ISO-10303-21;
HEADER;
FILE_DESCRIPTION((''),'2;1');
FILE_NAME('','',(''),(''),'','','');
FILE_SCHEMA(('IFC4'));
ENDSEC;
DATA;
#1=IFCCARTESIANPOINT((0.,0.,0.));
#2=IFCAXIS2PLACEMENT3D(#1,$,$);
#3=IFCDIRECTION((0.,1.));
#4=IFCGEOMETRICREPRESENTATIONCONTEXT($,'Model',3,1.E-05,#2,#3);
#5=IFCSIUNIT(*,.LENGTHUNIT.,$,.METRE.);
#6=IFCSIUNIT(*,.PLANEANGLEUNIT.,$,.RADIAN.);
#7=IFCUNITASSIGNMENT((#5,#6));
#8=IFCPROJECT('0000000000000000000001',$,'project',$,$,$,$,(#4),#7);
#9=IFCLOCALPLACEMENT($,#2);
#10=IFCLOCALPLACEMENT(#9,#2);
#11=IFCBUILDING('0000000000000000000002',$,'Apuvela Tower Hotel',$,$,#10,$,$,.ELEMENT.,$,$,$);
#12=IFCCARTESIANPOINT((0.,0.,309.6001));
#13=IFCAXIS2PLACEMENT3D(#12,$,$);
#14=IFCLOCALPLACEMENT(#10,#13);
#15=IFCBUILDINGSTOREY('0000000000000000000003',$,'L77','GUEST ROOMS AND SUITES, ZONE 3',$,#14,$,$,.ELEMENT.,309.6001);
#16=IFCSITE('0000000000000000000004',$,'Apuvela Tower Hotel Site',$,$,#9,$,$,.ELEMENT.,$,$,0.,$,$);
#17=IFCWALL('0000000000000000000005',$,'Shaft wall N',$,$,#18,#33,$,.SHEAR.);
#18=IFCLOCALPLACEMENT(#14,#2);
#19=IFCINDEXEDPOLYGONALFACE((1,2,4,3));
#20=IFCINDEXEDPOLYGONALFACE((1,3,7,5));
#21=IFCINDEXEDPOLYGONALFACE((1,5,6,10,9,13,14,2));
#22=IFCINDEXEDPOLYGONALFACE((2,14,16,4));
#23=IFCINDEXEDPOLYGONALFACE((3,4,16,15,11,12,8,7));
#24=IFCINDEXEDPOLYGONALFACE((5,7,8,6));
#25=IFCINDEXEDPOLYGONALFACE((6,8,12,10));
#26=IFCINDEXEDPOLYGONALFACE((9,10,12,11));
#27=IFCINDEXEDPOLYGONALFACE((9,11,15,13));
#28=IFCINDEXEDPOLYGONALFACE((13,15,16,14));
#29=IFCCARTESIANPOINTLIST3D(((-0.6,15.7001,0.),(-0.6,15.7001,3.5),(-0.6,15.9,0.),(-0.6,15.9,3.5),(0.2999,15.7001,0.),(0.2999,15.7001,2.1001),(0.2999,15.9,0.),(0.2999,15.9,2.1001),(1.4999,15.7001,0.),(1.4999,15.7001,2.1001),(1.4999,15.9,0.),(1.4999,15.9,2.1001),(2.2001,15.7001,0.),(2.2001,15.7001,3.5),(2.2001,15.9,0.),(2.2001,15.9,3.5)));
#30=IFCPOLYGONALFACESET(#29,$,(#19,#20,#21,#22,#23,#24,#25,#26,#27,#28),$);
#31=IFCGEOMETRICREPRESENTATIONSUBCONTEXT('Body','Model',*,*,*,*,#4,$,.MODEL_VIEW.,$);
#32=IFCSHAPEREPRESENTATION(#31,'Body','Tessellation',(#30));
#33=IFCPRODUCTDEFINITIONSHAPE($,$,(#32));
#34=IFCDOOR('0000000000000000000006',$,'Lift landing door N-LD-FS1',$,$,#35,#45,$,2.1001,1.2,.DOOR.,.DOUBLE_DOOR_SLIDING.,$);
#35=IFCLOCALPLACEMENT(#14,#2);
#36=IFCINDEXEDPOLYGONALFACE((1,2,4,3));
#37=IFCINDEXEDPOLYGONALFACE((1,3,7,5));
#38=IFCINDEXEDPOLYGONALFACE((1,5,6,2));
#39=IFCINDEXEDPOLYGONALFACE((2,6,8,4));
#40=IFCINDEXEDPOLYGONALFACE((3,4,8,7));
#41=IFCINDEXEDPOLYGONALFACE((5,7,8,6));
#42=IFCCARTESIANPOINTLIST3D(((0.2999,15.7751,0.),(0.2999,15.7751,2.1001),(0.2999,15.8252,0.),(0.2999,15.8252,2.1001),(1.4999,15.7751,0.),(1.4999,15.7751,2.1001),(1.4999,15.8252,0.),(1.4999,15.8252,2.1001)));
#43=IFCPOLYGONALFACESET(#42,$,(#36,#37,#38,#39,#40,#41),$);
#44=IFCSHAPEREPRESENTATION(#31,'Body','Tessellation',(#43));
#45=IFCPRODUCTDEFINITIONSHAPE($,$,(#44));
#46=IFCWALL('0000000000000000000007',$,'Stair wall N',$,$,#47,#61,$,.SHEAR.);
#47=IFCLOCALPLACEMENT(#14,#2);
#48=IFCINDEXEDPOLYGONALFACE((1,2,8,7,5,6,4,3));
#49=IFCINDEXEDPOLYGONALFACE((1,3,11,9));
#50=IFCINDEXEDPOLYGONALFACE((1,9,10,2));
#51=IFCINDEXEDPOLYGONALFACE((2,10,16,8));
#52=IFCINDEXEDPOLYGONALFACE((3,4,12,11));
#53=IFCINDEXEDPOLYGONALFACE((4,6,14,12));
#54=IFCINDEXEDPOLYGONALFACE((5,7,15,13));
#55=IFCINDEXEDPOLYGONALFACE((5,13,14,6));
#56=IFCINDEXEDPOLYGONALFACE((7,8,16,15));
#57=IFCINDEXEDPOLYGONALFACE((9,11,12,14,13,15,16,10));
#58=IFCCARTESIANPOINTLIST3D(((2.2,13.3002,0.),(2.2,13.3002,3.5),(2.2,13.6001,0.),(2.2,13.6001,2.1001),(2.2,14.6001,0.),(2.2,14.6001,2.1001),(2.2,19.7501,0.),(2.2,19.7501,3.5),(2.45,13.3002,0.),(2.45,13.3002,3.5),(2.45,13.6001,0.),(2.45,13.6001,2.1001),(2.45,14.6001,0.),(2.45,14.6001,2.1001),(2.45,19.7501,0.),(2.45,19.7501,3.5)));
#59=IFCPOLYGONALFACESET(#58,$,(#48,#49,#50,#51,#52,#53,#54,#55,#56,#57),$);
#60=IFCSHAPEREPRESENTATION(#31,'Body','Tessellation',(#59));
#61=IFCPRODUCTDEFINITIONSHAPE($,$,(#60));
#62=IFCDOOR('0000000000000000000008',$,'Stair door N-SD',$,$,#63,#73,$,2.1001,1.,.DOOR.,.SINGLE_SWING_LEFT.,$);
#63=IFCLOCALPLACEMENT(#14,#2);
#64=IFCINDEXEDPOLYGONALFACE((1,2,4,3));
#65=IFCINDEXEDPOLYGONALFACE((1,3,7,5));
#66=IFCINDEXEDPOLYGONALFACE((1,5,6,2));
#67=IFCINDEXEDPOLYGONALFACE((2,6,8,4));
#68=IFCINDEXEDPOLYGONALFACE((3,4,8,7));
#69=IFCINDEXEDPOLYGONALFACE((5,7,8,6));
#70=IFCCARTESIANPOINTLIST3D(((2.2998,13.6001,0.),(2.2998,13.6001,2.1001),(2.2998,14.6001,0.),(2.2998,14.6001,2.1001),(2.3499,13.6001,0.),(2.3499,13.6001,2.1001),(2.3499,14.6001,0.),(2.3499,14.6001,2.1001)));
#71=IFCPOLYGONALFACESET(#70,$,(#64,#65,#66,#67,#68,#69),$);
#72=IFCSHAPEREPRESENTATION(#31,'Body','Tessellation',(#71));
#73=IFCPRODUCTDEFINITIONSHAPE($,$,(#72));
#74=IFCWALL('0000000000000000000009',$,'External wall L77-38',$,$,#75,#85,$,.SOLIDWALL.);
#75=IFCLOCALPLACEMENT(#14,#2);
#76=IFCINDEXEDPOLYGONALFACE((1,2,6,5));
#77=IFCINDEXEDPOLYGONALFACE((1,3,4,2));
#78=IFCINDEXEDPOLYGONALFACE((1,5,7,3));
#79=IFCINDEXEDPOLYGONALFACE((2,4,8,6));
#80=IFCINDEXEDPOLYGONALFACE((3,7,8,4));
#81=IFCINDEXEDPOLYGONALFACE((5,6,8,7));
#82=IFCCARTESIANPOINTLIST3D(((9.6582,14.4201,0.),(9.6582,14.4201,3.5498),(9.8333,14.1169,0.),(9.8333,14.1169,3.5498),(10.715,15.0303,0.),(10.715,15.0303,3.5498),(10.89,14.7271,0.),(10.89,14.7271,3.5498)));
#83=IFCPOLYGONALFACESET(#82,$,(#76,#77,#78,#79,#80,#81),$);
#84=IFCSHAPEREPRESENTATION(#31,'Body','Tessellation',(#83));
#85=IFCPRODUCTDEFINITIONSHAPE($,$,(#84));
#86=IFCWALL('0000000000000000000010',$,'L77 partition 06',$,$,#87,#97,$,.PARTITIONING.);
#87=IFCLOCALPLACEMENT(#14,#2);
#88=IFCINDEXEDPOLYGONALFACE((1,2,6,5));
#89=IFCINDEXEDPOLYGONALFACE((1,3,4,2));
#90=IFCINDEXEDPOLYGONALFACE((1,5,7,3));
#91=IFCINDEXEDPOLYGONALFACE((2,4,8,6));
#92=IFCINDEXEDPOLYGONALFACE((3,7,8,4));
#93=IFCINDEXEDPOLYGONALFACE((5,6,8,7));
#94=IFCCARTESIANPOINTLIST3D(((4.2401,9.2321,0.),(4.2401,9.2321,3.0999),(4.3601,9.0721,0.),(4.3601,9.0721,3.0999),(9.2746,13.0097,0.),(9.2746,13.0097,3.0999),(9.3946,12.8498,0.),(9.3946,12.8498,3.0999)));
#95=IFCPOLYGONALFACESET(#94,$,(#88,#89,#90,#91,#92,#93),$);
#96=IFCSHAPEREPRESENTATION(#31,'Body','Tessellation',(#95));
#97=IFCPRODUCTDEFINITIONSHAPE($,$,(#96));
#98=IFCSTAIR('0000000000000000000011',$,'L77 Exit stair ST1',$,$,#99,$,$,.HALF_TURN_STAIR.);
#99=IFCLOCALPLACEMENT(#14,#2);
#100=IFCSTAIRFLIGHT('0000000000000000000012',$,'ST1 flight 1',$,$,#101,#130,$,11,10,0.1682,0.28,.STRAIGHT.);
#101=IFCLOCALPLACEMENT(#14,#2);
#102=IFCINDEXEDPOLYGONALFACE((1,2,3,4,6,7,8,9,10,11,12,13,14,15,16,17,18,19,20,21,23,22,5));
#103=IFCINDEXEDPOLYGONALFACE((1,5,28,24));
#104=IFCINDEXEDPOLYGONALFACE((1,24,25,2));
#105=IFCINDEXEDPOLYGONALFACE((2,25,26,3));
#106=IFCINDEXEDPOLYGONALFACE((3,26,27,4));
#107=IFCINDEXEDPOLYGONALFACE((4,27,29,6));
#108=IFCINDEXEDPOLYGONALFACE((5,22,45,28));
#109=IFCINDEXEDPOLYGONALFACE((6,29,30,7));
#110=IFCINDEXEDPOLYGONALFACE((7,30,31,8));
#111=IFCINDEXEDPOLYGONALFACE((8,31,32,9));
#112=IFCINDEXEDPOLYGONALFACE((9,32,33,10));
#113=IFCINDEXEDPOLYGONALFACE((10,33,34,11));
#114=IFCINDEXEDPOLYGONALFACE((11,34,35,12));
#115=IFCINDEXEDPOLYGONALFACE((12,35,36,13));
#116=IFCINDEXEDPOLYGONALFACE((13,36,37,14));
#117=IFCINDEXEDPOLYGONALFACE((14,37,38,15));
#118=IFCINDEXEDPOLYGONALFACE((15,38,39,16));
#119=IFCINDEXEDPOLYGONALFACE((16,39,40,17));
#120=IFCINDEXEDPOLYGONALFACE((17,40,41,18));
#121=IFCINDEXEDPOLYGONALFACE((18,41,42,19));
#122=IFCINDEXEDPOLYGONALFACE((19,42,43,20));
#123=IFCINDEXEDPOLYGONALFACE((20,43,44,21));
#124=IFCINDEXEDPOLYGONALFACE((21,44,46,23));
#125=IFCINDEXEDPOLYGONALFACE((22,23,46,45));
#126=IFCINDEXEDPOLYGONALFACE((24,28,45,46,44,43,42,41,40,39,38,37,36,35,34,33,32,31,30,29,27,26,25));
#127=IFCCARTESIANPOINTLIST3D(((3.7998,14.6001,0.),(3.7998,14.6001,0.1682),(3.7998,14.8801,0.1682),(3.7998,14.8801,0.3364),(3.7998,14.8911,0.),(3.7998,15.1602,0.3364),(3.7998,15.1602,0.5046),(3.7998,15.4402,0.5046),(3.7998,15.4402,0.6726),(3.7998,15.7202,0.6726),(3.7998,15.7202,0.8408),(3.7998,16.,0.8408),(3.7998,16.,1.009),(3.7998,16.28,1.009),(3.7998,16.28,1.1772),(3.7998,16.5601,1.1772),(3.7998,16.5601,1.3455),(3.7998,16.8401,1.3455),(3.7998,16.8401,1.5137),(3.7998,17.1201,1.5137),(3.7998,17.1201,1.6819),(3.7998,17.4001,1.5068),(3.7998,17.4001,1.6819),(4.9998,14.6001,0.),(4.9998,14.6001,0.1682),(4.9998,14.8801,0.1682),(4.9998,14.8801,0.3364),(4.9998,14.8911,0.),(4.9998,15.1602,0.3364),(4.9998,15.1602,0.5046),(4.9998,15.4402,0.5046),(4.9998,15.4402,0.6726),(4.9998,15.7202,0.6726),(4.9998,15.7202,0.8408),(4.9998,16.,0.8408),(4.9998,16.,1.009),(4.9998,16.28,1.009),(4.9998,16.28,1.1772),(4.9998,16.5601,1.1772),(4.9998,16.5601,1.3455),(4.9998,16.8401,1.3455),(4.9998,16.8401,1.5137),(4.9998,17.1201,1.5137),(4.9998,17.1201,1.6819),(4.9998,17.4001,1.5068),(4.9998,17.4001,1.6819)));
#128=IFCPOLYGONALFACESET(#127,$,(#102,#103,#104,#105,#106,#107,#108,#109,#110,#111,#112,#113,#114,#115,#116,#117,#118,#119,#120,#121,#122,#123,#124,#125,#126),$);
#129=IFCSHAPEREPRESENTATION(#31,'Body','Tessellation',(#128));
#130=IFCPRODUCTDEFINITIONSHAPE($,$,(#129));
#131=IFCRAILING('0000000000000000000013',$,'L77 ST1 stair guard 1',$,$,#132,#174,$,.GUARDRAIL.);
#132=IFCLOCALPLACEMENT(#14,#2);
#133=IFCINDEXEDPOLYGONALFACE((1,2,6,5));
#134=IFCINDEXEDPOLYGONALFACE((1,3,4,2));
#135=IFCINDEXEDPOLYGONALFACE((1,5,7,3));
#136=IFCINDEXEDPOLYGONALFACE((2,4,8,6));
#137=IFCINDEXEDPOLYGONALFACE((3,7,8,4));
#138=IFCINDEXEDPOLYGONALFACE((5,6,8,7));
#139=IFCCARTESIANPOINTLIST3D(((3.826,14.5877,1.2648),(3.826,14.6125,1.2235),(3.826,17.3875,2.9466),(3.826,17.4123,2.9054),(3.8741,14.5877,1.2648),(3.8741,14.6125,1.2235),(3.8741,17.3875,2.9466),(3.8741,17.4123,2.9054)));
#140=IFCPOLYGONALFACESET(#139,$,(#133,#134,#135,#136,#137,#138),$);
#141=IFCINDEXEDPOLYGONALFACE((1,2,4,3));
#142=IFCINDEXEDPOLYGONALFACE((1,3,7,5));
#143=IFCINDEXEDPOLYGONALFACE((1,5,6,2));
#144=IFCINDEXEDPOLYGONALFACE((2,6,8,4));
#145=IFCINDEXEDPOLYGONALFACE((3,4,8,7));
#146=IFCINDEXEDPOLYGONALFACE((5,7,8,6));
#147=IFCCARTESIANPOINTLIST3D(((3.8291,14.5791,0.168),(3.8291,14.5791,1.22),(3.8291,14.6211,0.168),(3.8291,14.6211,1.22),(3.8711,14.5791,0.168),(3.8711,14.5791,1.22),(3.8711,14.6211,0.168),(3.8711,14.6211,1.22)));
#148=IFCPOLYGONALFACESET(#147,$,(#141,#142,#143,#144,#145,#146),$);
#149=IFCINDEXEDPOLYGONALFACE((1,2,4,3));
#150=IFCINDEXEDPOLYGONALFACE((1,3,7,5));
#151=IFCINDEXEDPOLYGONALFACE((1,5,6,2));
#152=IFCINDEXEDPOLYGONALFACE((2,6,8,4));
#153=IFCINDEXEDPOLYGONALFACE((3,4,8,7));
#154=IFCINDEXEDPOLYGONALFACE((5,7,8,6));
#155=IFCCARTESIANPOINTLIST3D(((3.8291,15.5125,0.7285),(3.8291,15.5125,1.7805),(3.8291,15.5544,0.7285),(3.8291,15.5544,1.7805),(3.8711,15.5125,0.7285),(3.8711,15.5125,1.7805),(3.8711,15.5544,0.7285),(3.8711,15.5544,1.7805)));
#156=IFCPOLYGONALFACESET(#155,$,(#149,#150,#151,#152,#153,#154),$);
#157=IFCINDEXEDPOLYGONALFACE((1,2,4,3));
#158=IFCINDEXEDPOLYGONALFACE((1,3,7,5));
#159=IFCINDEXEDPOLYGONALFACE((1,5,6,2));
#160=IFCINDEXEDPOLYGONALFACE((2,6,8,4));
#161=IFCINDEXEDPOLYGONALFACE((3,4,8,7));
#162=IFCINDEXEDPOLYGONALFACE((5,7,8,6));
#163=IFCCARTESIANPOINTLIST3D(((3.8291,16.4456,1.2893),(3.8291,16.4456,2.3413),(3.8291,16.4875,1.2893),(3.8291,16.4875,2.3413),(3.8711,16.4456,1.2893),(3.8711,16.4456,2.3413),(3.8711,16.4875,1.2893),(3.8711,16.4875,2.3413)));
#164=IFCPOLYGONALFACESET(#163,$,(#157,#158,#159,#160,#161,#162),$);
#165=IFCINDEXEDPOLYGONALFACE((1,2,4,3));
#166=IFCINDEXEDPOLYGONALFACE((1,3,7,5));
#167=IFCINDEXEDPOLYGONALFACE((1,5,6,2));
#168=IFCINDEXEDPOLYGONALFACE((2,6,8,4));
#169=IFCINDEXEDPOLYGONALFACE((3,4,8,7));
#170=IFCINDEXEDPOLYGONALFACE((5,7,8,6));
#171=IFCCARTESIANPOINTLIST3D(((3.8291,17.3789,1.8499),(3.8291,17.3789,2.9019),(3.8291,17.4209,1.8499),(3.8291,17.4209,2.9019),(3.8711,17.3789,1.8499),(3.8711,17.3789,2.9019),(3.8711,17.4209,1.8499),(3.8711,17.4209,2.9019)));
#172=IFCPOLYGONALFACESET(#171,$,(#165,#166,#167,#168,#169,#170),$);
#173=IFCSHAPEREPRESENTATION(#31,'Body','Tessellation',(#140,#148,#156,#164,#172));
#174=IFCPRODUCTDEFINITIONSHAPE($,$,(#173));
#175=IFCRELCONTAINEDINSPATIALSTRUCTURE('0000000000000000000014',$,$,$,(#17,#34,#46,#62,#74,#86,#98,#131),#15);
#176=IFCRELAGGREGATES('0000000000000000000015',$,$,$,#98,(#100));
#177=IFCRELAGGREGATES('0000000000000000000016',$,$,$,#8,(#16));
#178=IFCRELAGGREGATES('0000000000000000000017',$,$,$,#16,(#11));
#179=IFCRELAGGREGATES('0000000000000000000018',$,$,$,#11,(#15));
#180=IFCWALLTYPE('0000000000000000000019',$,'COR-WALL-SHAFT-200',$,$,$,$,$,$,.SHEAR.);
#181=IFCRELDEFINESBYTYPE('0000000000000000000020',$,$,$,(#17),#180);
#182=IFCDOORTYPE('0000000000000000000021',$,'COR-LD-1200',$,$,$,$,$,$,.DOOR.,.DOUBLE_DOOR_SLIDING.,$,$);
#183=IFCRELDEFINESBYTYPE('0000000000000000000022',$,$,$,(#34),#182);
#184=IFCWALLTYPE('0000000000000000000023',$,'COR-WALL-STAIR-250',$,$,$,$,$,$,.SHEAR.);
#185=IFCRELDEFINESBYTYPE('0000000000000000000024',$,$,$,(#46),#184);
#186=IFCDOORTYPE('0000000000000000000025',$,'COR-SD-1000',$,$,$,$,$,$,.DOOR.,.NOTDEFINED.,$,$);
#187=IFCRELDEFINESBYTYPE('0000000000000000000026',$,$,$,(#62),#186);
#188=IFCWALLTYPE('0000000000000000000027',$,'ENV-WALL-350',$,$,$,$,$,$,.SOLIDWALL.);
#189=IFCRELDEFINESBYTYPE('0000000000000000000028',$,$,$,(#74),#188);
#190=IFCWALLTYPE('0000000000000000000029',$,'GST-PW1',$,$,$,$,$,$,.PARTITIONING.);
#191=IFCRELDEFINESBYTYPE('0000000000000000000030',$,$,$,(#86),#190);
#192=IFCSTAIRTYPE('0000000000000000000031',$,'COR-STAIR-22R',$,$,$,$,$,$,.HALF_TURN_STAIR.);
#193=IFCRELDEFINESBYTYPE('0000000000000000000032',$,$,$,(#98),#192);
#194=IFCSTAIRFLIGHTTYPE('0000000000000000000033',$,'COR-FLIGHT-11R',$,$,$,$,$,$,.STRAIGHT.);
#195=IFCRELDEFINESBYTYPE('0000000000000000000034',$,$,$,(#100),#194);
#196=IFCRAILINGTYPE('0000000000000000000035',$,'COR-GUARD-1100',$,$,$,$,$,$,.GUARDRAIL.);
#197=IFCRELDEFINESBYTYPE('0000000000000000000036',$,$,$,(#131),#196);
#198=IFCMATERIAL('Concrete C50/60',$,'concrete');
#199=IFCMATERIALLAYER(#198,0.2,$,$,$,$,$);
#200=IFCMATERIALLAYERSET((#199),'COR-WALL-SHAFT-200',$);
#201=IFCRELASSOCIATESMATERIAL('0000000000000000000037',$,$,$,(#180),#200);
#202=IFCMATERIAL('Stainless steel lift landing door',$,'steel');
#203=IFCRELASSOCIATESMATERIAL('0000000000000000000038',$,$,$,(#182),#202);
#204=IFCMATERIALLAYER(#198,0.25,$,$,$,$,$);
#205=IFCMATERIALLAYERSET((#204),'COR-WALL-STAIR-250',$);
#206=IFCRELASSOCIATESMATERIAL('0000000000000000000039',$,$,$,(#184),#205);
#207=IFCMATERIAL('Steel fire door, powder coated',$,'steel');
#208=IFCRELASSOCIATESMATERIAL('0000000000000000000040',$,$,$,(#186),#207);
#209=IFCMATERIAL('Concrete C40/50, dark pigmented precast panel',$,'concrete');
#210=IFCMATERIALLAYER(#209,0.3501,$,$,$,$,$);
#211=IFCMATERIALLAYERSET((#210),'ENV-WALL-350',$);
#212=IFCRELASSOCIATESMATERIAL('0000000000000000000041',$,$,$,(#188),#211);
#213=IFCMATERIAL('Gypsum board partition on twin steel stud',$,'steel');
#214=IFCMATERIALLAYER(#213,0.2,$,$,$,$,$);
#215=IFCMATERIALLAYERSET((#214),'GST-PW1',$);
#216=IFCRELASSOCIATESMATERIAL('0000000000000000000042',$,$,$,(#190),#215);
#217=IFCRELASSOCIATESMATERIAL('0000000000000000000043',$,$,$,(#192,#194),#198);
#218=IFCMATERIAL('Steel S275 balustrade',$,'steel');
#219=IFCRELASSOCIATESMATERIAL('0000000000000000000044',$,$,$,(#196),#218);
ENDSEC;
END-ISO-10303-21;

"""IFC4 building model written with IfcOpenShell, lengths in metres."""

from ifc_helpers import new_model, si_unit, direction, frame, frame_2d, origin, origin_2d, place, context, subcontext, project, spatial, polyline, rectangle, outline, extrude, material, layer, layer_set, type_object, element, fill, aggregate, save


model = new_model("IFC4")

# Units and contexts
model_context = context("Model", 3, precision=1e-05, world=origin(), true_north=direction((0.0, 1.0)))
body_context = subcontext(model_context, "Body", "Model", "MODEL_VIEW")
ifc_project = project(units=[si_unit("LENGTHUNIT", "METRE"), si_unit("PLANEANGLEUNIT", "RADIAN")], contexts=[model_context])

# Site, building, storey
site_placement = place(None, origin())
site = spatial("IfcSite", under=ifc_project, at=site_placement, Name="Apuvela Tower Hotel Site", CompositionType="ELEMENT", RefElevation=0.0)
building_placement = place(site_placement, origin())
building = spatial("IfcBuilding", under=site, at=building_placement, Name="Apuvela Tower Hotel", CompositionType="ELEMENT")
storey_placement = place(building_placement, frame((0.0, 0.0, 309.6001)))
storey = spatial("IfcBuildingStorey", under=building, at=storey_placement, Name="L77", Description="GUEST ROOMS AND SUITES, ZONE 3", CompositionType="ELEMENT", Elevation=309.6001)

# Shared definitions
ifc_material_1 = material(Name="Concrete C50/60", Category="concrete")
ifc_material_2 = material(Name="Steel fire door, powder coated", Category="steel")

# Walls, openings, doors
ifc_layer_1 = layer(ifc_material_1, 0.2)
ifc_layer_set_1 = layer_set([ifc_layer_1], Name="COR-WALL-SHAFT-200")
wall_type_1 = type_object("IfcWallType", Name="COR-WALL-SHAFT-200", PredefinedType="SHEAR", material=ifc_layer_set_1)
wall_1_placement = place(storey_placement, frame((2.2, 15.8, 0.0), z_axis=(0.0, 0.0, 1.0), x_axis=(-1.0, 0.0, 0.0)))
wall_1 = element("IfcWall", 1, at=wall_1_placement, inside=storey, type_object=wall_type_1, Name="Shaft wall N", PredefinedType="SHEAR", context=body_context, shape_type="SweptSolid", body=[
    extrude(rectangle(XDim=2.8, YDim=0.2, at=frame_2d((1.3999, 0.0))), origin(), (0.0, 0.0, 1.0), 3.5),
])
opening_1_placement = place(wall_1_placement, frame((0.7, 0.0, 0.0)))
opening_1 = element("IfcOpeningElement", 2, at=opening_1_placement, cuts=wall_1, PredefinedType="OPENING", context=body_context, shape_type="SweptSolid", body=[
    extrude(rectangle(XDim=1.2, YDim=2.1001, at=frame_2d((0.6001, 1.05))), frame((0.0, 0.1099, 0.0), z_axis=(0.0, -1.0, 0.0), x_axis=(1.0, 0.0, 0.0)), (0.0, 0.0, 1.0), 0.22),
])
ifc_material_3 = material(Name="Stainless steel lift landing door", Category="steel")
door_type_1 = type_object("IfcDoorType", Name="COR-LD-1200", OperationType="DOUBLE_DOOR_SLIDING", PredefinedType="DOOR", material=ifc_material_3)
door_1_placement = place(opening_1_placement, origin())
door_1 = element("IfcDoor", 3, at=door_1_placement, inside=storey, type_object=door_type_1, Name="Lift landing door N-LD-FS1", OperationType="DOUBLE_DOOR_SLIDING", OverallHeight=2.1001, OverallWidth=1.2, PredefinedType="DOOR", context=body_context, shape_type="SweptSolid", body=[
    extrude(rectangle(XDim=1.2, YDim=2.1001, at=frame_2d((0.6001, 1.05))), frame((0.0, 0.0249, 0.0), z_axis=(0.0, -1.0, 0.0), x_axis=(1.0, 0.0, 0.0)), (0.0, 0.0, 1.0), 0.05),
])
fill(opening_1, door_1)
ifc_layer_2 = layer(ifc_material_1, 0.25)
ifc_layer_set_2 = layer_set([ifc_layer_2], Name="COR-WALL-STAIR-250")
wall_type_2 = type_object("IfcWallType", Name="COR-WALL-STAIR-250", PredefinedType="SHEAR", material=ifc_layer_set_2)
wall_2_placement = place(storey_placement, frame((2.325, 13.3, 0.0), z_axis=(0.0, 0.0, 1.0), x_axis=(0.0, 1.0, 0.0)))
wall_2 = element("IfcWall", 4, at=wall_2_placement, inside=storey, type_object=wall_type_2, Name="Stair wall N", PredefinedType="SHEAR", context=body_context, shape_type="SweptSolid", body=[
    extrude(rectangle(XDim=6.45, YDim=0.25, at=frame_2d((3.2251, 0.0))), origin(), (0.0, 0.0, 1.0), 3.5),
])
opening_2_placement = place(wall_2_placement, frame((0.3, 0.0, 0.0)))
opening_2 = element("IfcOpeningElement", 5, at=opening_2_placement, cuts=wall_2, PredefinedType="OPENING", context=body_context, shape_type="SweptSolid", body=[
    extrude(rectangle(XDim=1.0, YDim=2.1001, at=frame_2d((0.5, 1.05))), frame((0.0, 0.135, 0.0), z_axis=(0.0, -1.0, 0.0), x_axis=(1.0, 0.0, 0.0)), (0.0, 0.0, 1.0), 0.27),
])
door_type_2 = type_object("IfcDoorType", Name="COR-SD-1000", OperationType="NOTDEFINED", PredefinedType="DOOR", material=ifc_material_2)
door_2_placement = place(opening_2_placement, frame((1.0, 0.0, 0.0), z_axis=(0.0, 0.0, 1.0), x_axis=(-1.0, 0.0, 0.0)))
door_2 = element("IfcDoor", 6, at=door_2_placement, inside=storey, type_object=door_type_2, Name="Stair door N-SD", OperationType="SINGLE_SWING_LEFT", OverallHeight=2.1001, OverallWidth=1.0, PredefinedType="DOOR", context=body_context, shape_type="SweptSolid", body=[
    extrude(rectangle(XDim=1.0, YDim=2.1001, at=frame_2d((0.5, 1.05))), frame((0.0, 0.0249, 0.0), z_axis=(0.0, -1.0, 0.0), x_axis=(1.0, 0.0, 0.0)), (0.0, 0.0, 1.0), 0.05),
])
fill(opening_2, door_2)

# Wall
ifc_material_4 = material(Name="Concrete C40/50, dark pigmented precast panel", Category="concrete")
ifc_layer_3 = layer(ifc_material_4, 0.3501)
ifc_layer_set_3 = layer_set([ifc_layer_3], Name="ENV-WALL-350")
wall_type_3 = type_object("IfcWallType", Name="ENV-WALL-350", PredefinedType="SOLIDWALL", material=ifc_layer_set_3)
wall_3_placement = place(storey_placement, frame((10.8025, 14.8787, 0.0), z_axis=(0.0, 0.0, 1.0), x_axis=(-0.866006, -0.500034, 0.0)))
element("IfcWall", 7, at=wall_3_placement, inside=storey, type_object=wall_type_3, Name="External wall L77-38", PredefinedType="SOLIDWALL", context=body_context, shape_type="SweptSolid", body=[
    extrude(rectangle(XDim=1.2202, YDim=0.3501, at=frame_2d((0.6101, 0.0))), origin(), (0.0, 0.0, 1.0), 3.5498),
])

# Wall
ifc_material_5 = material(Name="Gypsum board partition on twin steel stud", Category="steel")
ifc_layer_4 = layer(ifc_material_5, 0.2)
ifc_layer_set_4 = layer_set([ifc_layer_4], Name="GST-PW1")
wall_type_4 = type_object("IfcWallType", Name="GST-PW1", PredefinedType="PARTITIONING", material=ifc_layer_set_4)
wall_4_placement = place(storey_placement, frame((9.3345, 12.9297, 0.0), z_axis=(0.0, 0.0, 1.0), x_axis=(-0.799865, -0.60018, 0.0)))
element("IfcWall", 8, at=wall_4_placement, inside=storey, type_object=wall_type_4, Name="L77 partition 06", PredefinedType="PARTITIONING", context=body_context, shape_type="SweptSolid", body=[
    extrude(rectangle(XDim=6.2942, YDim=0.2, at=frame_2d((3.147, 0.0))), origin(), (0.0, 0.0, 1.0), 3.0999),
])

# Stair, stair flight
stair_type = type_object("IfcStairType", Name="COR-STAIR-22R", PredefinedType="HALF_TURN_STAIR", material=ifc_material_1)
stair_placement = place(storey_placement, origin())
stair = element("IfcStair", 9, at=stair_placement, inside=storey, type_object=stair_type, Name="L77 Exit stair ST1", PredefinedType="HALF_TURN_STAIR")
stair_flight_type = type_object("IfcStairFlightType", Name="COR-FLIGHT-11R", PredefinedType="STRAIGHT", material=ifc_material_1)
stair_flight_placement = place(storey_placement, frame((4.3999, 14.6001, 0.0), z_axis=(0.0, 0.0, 1.0), x_axis=(0.0, 1.0, 0.0)))
stair_flight = element("IfcStairFlight", 10, at=stair_flight_placement, type_object=stair_flight_type, Name="ST1 flight 1", NumberOfRisers=11, NumberOfTreads=10, PredefinedType="STRAIGHT", RiserHeight=0.1682, TreadLength=0.28, context=body_context, shape_type="SweptSolid", body=[
    extrude(outline(polyline([(0.0, 0.0), (0.0, 0.1682), (0.28, 0.1682), (0.28, 0.3364), (0.5601, 0.3364), (0.5601, 0.5046), (0.8401, 0.5046), (0.8401, 0.6726), (1.1201, 0.6726), (1.1201, 0.8408), (1.3999, 0.8408), (1.3999, 1.009), (1.6799, 1.009), (1.6799, 1.1772), (1.96, 1.1772), (1.96, 1.3455), (2.24, 1.3455), (2.24, 1.5137), (2.52, 1.5137), (2.52, 1.6819), (2.8, 1.6819), (2.8, 1.8501), (2.8, 1.5068), (0.291, 0.0), (0.0, 0.0)])), frame((0.0, 0.6001, 0.0), z_axis=(0.0, -1.0, 0.0), x_axis=(1.0, 0.0, 0.0)), (0.0, 0.0, 1.0), 1.2),
])
aggregate(stair, [stair_flight])

# Railing
ifc_material_6 = material(Name="Steel S275 balustrade", Category="steel")
railing_type_1 = type_object("IfcRailingType", Name="COR-GUARD-1100", PredefinedType="GUARDRAIL", material=ifc_material_6)
railing_1_placement = place(storey_placement, frame((3.8501, 14.6001, 0.168)))
element("IfcRailing", 11, at=railing_1_placement, inside=storey, type_object=railing_type_1, Name="L77 ST1 stair guard 1", PredefinedType="GUARDRAIL", context=body_context, shape_type="SweptSolid", body=[
    extrude(rectangle(XDim=0.0481, YDim=0.0481, at=origin_2d()), frame((0.0, 0.0, 1.0762), z_axis=(0.0, 0.857222, 0.514946), x_axis=(-1.0, 0.0, 0.0)), (0.0, 0.0, 1.0), 3.2661),
    extrude(rectangle(XDim=0.042, YDim=0.042, at=origin_2d()), origin(), (0.0, 0.0, 1.0), 1.052),
    extrude(rectangle(XDim=0.042, YDim=0.042, at=origin_2d()), frame((0.0, 0.9333, 0.5605)), (0.0, 0.0, 1.0), 1.052),
    extrude(rectangle(XDim=0.042, YDim=0.042, at=origin_2d()), frame((0.0, 1.8665, 1.1213)), (0.0, 0.0, 1.0), 1.052),
    extrude(rectangle(XDim=0.042, YDim=0.042, at=origin_2d()), frame((0.0, 2.7998, 1.6819)), (0.0, 0.0, 1.0), 1.052),
])

save(model, "model.ifc")
